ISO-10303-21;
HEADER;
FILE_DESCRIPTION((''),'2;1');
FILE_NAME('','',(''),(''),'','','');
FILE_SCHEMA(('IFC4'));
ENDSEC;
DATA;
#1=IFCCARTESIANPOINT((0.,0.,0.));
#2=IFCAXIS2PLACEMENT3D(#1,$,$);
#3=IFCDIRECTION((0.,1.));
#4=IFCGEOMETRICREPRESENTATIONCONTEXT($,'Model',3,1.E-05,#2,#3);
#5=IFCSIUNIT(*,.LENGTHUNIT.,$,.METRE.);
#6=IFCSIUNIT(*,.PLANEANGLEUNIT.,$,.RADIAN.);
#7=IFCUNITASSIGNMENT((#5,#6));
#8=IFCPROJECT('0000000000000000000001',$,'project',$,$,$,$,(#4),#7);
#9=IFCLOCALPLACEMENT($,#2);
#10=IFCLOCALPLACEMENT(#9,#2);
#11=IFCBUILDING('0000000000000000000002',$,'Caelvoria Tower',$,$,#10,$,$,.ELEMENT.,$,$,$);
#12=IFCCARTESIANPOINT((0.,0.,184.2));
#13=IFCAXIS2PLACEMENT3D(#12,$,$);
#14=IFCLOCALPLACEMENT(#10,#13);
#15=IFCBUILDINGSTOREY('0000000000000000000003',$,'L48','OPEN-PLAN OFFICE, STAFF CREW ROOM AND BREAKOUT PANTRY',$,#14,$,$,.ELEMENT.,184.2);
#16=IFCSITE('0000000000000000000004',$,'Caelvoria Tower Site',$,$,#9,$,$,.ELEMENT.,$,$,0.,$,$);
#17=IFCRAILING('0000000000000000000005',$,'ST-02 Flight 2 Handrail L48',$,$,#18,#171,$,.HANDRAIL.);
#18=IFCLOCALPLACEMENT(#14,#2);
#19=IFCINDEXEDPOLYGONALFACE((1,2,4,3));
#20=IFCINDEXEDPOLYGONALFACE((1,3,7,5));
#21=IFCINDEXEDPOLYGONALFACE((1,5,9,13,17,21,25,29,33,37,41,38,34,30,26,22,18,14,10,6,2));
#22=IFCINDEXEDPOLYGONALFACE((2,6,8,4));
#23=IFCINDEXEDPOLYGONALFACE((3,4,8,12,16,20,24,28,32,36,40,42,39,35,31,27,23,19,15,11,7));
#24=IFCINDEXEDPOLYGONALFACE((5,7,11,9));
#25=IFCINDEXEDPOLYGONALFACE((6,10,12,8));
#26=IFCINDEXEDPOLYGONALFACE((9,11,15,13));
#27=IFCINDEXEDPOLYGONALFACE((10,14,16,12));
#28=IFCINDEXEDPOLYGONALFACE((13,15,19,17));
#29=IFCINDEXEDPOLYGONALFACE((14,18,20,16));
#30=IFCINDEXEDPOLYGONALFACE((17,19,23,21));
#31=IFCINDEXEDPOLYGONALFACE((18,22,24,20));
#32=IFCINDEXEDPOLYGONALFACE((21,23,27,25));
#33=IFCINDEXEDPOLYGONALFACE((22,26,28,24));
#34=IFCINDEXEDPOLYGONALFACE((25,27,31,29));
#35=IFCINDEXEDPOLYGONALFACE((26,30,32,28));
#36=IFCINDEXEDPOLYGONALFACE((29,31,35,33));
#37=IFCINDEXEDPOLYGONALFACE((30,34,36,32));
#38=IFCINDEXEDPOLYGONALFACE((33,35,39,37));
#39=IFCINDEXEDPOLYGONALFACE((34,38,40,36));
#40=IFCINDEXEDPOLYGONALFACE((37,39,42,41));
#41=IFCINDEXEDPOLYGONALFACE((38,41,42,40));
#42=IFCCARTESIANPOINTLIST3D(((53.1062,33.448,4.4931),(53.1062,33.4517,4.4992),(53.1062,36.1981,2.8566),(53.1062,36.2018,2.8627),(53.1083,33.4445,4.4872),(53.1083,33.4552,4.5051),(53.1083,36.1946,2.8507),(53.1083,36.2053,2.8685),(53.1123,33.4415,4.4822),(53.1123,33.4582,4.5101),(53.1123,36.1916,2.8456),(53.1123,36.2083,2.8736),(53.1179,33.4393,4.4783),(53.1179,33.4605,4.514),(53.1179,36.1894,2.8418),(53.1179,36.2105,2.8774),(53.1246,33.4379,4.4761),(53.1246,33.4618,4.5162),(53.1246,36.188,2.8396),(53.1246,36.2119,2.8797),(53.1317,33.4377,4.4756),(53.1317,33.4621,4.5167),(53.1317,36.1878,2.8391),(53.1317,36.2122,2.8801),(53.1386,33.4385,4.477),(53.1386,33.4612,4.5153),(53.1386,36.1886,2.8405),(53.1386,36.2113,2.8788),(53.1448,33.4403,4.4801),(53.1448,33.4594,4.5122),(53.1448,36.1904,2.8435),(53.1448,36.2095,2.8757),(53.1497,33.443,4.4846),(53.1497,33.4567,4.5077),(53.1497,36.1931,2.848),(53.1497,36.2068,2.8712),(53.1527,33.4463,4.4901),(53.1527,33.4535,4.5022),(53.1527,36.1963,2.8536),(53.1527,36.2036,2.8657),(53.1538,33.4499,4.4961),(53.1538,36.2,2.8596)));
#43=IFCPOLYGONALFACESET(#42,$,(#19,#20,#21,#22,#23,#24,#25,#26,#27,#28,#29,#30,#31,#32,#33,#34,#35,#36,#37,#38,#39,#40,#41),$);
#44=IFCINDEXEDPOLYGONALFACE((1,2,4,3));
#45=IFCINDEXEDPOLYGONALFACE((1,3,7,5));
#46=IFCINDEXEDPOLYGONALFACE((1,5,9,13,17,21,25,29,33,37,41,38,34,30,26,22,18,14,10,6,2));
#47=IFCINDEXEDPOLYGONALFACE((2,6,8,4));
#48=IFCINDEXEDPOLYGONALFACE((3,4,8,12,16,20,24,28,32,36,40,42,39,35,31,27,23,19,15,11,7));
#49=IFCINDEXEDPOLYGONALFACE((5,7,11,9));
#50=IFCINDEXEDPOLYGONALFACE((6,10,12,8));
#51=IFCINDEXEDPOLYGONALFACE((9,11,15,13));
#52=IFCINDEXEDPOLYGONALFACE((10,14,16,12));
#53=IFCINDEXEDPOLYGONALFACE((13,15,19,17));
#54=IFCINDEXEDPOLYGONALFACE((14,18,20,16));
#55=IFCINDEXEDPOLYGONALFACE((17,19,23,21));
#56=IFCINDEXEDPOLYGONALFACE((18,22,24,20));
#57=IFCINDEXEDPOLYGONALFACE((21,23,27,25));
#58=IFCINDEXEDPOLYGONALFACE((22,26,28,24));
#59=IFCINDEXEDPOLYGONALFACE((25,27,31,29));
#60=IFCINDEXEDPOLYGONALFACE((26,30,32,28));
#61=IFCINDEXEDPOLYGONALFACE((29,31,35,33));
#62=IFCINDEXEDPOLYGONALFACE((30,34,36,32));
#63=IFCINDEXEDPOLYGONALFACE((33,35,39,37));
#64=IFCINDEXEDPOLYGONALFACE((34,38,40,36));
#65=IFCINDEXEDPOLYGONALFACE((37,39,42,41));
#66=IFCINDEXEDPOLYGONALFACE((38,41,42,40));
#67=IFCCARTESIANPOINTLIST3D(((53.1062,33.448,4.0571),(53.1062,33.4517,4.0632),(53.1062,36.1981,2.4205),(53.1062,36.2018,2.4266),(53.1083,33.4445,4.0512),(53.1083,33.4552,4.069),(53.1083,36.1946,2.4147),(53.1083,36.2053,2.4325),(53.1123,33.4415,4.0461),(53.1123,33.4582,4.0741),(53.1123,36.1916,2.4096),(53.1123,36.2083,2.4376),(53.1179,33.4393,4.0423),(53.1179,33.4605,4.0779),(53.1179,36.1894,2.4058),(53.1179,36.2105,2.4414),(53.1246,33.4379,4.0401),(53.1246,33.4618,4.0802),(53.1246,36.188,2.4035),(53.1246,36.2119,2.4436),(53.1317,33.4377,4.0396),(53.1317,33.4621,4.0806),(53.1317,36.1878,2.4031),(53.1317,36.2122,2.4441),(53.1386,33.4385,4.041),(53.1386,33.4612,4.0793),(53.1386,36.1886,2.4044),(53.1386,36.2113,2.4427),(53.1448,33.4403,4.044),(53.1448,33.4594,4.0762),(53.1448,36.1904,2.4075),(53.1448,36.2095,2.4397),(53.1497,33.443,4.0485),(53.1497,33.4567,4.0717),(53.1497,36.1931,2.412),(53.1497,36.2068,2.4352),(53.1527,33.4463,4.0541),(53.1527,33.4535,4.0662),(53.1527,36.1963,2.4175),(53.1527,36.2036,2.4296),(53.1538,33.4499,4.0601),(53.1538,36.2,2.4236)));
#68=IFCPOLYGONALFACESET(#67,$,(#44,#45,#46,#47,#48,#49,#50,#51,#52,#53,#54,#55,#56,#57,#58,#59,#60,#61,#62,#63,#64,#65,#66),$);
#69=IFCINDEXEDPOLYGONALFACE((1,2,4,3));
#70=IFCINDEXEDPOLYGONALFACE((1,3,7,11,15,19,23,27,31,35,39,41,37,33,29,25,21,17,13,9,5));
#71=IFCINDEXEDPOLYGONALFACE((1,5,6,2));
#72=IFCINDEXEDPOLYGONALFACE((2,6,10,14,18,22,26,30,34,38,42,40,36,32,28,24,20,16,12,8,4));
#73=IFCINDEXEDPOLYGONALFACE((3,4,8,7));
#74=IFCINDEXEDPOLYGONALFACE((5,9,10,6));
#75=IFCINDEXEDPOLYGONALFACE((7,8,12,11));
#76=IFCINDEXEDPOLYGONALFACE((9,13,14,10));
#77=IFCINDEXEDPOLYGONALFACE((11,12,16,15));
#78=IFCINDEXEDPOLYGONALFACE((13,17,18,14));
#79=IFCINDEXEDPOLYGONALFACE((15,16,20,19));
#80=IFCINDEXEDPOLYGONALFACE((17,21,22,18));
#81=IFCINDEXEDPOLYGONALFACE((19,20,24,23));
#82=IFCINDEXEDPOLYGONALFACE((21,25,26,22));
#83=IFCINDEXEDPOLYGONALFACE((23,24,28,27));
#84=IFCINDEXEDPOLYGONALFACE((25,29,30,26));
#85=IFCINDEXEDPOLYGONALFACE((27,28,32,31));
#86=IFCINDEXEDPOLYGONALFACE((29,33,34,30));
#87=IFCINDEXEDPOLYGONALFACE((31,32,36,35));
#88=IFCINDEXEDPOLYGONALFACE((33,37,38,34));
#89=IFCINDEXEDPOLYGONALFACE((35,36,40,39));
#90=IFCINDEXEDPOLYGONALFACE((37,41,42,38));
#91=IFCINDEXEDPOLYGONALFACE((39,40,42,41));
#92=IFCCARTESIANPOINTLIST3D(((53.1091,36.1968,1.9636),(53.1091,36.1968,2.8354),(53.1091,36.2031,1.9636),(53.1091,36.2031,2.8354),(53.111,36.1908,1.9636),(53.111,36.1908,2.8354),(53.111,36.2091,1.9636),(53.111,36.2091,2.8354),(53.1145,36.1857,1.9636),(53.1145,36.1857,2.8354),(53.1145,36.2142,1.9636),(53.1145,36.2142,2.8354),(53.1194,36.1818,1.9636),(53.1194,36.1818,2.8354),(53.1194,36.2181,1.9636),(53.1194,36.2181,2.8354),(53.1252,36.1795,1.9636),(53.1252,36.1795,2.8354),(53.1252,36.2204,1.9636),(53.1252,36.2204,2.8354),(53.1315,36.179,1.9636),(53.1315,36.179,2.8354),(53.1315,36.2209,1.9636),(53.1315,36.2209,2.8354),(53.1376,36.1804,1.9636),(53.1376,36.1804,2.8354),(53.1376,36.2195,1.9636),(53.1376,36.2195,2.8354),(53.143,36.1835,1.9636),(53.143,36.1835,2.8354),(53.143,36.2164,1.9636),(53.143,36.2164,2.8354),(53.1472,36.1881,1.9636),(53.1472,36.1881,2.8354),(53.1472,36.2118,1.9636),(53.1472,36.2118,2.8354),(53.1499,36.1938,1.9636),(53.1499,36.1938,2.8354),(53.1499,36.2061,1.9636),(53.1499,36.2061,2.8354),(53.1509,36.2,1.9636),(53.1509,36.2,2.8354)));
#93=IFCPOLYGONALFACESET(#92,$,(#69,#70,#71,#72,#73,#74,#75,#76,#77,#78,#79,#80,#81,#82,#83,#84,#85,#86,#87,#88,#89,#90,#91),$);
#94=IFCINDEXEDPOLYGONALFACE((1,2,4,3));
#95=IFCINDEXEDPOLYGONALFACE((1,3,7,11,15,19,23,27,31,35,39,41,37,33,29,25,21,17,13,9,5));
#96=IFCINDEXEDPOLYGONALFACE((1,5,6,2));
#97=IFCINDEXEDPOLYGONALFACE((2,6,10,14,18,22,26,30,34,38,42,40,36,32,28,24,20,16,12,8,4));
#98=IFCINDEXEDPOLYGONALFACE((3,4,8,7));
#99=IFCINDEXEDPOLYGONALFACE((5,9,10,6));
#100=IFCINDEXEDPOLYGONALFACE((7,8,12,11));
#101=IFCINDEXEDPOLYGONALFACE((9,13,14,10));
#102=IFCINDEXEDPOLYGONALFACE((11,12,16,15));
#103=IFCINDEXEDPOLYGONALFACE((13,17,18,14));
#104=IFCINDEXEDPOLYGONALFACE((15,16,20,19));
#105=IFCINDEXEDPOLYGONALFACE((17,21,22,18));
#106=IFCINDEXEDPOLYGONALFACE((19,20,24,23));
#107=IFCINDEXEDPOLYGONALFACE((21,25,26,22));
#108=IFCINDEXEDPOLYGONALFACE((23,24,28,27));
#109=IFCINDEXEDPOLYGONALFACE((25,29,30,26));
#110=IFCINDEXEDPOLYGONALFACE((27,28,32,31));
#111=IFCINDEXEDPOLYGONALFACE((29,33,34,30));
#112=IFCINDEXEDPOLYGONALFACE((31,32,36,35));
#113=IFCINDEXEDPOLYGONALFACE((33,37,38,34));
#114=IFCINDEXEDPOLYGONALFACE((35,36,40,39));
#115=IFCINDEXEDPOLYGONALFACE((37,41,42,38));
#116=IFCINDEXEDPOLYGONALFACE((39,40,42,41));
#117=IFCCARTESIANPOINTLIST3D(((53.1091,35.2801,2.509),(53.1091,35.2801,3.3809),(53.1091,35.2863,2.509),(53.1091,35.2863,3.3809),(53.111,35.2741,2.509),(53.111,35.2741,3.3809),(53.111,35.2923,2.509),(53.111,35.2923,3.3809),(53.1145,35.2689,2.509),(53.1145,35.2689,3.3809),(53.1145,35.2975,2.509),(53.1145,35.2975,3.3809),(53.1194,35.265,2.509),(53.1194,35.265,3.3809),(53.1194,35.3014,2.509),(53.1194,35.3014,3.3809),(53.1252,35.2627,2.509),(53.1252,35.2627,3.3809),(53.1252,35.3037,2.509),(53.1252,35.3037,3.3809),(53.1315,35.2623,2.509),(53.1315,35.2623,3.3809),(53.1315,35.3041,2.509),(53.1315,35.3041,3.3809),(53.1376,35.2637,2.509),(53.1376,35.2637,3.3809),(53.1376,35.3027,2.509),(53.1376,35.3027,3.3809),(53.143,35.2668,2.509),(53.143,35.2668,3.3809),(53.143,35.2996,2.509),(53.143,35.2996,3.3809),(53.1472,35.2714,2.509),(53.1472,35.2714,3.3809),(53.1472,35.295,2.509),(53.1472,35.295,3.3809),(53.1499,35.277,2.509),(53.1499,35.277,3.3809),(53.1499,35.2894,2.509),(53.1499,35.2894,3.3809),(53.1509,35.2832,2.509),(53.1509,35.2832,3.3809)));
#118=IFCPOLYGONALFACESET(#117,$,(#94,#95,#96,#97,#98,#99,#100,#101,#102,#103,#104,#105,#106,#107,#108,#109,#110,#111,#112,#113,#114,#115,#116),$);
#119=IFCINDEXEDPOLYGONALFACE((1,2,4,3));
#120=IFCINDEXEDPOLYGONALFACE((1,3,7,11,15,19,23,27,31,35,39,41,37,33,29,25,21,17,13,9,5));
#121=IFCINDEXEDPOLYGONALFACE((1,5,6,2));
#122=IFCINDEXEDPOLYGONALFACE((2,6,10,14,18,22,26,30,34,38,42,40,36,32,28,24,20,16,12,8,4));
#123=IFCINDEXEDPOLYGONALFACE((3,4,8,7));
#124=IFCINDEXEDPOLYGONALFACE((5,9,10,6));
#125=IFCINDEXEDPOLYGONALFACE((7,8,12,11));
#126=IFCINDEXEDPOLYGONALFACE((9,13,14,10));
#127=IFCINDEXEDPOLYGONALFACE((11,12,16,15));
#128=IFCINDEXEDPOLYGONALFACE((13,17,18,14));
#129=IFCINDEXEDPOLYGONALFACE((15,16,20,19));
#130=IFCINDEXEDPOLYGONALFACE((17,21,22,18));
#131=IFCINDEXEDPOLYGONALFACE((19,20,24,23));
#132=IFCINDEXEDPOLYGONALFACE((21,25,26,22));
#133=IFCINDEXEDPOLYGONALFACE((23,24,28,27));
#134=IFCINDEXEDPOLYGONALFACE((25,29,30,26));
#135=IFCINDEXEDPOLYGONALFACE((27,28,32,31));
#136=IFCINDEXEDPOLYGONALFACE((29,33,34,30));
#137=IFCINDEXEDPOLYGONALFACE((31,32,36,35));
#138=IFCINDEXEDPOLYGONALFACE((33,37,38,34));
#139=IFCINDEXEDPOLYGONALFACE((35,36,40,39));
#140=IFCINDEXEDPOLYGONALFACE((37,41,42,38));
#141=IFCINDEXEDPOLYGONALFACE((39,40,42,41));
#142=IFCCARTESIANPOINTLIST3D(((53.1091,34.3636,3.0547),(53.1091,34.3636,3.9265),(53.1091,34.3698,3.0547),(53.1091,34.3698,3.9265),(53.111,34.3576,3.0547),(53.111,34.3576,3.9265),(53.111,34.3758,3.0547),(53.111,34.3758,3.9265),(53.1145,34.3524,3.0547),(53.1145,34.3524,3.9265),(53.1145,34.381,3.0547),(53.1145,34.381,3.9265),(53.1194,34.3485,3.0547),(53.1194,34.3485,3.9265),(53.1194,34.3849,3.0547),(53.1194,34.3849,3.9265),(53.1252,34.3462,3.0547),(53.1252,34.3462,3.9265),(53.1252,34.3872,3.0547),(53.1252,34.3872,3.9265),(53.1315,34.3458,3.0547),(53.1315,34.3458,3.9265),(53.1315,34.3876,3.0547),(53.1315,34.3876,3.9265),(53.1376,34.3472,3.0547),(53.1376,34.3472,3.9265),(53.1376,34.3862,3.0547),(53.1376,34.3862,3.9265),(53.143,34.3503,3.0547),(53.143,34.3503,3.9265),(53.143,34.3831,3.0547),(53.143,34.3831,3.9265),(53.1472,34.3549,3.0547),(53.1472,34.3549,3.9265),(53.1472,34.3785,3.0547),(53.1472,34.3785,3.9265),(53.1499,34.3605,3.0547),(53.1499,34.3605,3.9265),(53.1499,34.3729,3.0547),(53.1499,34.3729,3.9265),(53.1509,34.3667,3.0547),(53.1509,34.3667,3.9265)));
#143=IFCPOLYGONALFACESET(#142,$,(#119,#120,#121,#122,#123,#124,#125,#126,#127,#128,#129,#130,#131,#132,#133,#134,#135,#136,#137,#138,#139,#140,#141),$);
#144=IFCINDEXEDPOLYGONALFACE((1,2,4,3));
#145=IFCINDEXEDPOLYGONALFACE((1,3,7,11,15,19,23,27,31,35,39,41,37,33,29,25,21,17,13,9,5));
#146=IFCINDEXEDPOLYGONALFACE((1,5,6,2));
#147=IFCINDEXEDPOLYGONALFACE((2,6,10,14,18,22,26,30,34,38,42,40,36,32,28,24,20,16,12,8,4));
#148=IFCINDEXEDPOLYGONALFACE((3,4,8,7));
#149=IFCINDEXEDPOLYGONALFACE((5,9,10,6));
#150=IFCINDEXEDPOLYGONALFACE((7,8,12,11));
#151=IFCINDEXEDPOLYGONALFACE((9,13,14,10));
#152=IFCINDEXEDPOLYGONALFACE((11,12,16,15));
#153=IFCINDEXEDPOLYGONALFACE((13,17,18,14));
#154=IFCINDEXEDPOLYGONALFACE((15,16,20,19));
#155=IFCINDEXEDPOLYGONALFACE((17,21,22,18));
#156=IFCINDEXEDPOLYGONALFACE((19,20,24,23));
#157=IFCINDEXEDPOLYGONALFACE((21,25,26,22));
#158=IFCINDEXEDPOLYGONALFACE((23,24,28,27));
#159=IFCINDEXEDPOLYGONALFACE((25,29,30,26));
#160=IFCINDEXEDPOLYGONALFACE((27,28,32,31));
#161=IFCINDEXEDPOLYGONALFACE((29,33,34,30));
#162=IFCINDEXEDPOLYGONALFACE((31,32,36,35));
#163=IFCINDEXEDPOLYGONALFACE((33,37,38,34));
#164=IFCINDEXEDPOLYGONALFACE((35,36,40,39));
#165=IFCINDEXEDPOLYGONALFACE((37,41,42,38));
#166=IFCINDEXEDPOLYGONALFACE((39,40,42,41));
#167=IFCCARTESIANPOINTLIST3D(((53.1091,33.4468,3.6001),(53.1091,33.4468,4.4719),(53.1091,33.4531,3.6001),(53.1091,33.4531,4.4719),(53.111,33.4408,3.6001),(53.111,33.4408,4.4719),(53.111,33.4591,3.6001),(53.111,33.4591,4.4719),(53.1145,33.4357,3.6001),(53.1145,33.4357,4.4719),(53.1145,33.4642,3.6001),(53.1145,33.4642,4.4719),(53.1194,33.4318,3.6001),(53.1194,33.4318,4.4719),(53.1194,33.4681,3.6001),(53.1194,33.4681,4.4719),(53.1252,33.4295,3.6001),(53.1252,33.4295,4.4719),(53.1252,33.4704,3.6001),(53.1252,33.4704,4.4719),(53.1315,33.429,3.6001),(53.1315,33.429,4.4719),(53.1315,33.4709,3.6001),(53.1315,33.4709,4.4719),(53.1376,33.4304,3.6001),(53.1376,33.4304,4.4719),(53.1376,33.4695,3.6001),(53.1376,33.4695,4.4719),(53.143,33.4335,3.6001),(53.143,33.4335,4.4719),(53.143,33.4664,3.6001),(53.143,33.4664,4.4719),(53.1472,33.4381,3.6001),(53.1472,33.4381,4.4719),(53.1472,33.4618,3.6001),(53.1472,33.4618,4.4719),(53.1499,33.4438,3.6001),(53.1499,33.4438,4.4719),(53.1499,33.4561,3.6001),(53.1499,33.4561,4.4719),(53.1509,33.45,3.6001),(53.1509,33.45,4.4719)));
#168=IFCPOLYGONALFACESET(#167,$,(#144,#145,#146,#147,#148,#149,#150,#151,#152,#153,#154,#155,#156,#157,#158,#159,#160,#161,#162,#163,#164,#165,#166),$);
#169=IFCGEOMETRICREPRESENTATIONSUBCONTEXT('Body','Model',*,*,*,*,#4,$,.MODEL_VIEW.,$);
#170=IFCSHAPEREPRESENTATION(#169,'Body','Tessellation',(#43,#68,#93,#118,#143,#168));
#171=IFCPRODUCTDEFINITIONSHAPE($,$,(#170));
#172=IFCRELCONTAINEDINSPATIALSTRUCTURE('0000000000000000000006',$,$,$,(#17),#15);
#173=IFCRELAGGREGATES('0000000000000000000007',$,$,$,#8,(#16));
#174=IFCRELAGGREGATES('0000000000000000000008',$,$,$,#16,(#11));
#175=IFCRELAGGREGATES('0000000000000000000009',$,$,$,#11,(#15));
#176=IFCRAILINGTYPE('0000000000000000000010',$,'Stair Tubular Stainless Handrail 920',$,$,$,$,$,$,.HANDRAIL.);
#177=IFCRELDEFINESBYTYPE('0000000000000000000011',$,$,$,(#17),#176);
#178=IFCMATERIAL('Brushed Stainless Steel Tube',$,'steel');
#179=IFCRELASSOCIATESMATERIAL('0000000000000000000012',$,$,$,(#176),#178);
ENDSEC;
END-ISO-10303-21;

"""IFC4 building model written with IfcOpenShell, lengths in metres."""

from ifc_helpers import new_model, si_unit, direction, frame, origin, origin_2d, place, context, subcontext, project, spatial, circle, extrude, material, type_object, element, save


model = new_model("IFC4")

# Units and contexts
model_context = context("Model", 3, precision=1e-05, world=origin(), true_north=direction((0.0, 1.0)))
body_context = subcontext(model_context, "Body", "Model", "MODEL_VIEW")
ifc_project = project(units=[si_unit("LENGTHUNIT", "METRE"), si_unit("PLANEANGLEUNIT", "RADIAN")], contexts=[model_context])

# Site, building, storey
site_placement = place(None, origin())
site = spatial("IfcSite", under=ifc_project, at=site_placement, Name="Caelvoria Tower Site", CompositionType="ELEMENT", RefElevation=0.0)
building_placement = place(site_placement, origin())
building = spatial("IfcBuilding", under=site, at=building_placement, Name="Caelvoria Tower", CompositionType="ELEMENT")
storey_placement = place(building_placement, frame((0.0, 0.0, 184.2)))
storey = spatial("IfcBuildingStorey", under=building, at=storey_placement, Name="L48", Description="OPEN-PLAN OFFICE, STAFF CREW ROOM AND BREAKOUT PANTRY", CompositionType="ELEMENT", Elevation=184.2)

# Railing
ifc_material_1 = material(Name="Brushed Stainless Steel Tube", Category="steel")
railing_type_1 = type_object("IfcRailingType", Name="Stair Tubular Stainless Handrail 920", PredefinedType="HANDRAIL", material=ifc_material_1)
railing_1_placement = place(storey_placement, frame((53.1299, 36.2, 1.9636)))
element("IfcRailing", 1, at=railing_1_placement, inside=storey, type_object=railing_type_1, Name="ST-02 Flight 2 Handrail L48", PredefinedType="HANDRAIL", context=body_context, shape_type="SweptSolid", body=[
    extrude(circle(Radius=0.0239, at=origin_2d()), frame((0.0, 0.0, 0.896), z_axis=(0.0, -0.859352, 0.511385), x_axis=(1.0, 0.0, 0.0)), (0.0, 0.0, 1.0), 3.2002),
    extrude(circle(Radius=0.0239, at=origin_2d()), frame((0.0, 0.0, 0.46), z_axis=(0.0, -0.859352, 0.511385), x_axis=(1.0, 0.0, 0.0)), (0.0, 0.0, 1.0), 3.2002),
    extrude(circle(Radius=0.021, at=origin_2d()), origin(), (0.0, 0.0, 1.0), 0.8718),
    extrude(circle(Radius=0.021, at=origin_2d()), frame((0.0, -0.9167, 0.5454)), (0.0, 0.0, 1.0), 0.8718),
    extrude(circle(Radius=0.021, at=origin_2d()), frame((0.0, -1.8333, 1.0911)), (0.0, 0.0, 1.0), 0.8718),
    extrude(circle(Radius=0.021, at=origin_2d()), frame((0.0, -2.75, 1.6365)), (0.0, 0.0, 1.0), 0.8718),
])

save(model, "model.ifc")
